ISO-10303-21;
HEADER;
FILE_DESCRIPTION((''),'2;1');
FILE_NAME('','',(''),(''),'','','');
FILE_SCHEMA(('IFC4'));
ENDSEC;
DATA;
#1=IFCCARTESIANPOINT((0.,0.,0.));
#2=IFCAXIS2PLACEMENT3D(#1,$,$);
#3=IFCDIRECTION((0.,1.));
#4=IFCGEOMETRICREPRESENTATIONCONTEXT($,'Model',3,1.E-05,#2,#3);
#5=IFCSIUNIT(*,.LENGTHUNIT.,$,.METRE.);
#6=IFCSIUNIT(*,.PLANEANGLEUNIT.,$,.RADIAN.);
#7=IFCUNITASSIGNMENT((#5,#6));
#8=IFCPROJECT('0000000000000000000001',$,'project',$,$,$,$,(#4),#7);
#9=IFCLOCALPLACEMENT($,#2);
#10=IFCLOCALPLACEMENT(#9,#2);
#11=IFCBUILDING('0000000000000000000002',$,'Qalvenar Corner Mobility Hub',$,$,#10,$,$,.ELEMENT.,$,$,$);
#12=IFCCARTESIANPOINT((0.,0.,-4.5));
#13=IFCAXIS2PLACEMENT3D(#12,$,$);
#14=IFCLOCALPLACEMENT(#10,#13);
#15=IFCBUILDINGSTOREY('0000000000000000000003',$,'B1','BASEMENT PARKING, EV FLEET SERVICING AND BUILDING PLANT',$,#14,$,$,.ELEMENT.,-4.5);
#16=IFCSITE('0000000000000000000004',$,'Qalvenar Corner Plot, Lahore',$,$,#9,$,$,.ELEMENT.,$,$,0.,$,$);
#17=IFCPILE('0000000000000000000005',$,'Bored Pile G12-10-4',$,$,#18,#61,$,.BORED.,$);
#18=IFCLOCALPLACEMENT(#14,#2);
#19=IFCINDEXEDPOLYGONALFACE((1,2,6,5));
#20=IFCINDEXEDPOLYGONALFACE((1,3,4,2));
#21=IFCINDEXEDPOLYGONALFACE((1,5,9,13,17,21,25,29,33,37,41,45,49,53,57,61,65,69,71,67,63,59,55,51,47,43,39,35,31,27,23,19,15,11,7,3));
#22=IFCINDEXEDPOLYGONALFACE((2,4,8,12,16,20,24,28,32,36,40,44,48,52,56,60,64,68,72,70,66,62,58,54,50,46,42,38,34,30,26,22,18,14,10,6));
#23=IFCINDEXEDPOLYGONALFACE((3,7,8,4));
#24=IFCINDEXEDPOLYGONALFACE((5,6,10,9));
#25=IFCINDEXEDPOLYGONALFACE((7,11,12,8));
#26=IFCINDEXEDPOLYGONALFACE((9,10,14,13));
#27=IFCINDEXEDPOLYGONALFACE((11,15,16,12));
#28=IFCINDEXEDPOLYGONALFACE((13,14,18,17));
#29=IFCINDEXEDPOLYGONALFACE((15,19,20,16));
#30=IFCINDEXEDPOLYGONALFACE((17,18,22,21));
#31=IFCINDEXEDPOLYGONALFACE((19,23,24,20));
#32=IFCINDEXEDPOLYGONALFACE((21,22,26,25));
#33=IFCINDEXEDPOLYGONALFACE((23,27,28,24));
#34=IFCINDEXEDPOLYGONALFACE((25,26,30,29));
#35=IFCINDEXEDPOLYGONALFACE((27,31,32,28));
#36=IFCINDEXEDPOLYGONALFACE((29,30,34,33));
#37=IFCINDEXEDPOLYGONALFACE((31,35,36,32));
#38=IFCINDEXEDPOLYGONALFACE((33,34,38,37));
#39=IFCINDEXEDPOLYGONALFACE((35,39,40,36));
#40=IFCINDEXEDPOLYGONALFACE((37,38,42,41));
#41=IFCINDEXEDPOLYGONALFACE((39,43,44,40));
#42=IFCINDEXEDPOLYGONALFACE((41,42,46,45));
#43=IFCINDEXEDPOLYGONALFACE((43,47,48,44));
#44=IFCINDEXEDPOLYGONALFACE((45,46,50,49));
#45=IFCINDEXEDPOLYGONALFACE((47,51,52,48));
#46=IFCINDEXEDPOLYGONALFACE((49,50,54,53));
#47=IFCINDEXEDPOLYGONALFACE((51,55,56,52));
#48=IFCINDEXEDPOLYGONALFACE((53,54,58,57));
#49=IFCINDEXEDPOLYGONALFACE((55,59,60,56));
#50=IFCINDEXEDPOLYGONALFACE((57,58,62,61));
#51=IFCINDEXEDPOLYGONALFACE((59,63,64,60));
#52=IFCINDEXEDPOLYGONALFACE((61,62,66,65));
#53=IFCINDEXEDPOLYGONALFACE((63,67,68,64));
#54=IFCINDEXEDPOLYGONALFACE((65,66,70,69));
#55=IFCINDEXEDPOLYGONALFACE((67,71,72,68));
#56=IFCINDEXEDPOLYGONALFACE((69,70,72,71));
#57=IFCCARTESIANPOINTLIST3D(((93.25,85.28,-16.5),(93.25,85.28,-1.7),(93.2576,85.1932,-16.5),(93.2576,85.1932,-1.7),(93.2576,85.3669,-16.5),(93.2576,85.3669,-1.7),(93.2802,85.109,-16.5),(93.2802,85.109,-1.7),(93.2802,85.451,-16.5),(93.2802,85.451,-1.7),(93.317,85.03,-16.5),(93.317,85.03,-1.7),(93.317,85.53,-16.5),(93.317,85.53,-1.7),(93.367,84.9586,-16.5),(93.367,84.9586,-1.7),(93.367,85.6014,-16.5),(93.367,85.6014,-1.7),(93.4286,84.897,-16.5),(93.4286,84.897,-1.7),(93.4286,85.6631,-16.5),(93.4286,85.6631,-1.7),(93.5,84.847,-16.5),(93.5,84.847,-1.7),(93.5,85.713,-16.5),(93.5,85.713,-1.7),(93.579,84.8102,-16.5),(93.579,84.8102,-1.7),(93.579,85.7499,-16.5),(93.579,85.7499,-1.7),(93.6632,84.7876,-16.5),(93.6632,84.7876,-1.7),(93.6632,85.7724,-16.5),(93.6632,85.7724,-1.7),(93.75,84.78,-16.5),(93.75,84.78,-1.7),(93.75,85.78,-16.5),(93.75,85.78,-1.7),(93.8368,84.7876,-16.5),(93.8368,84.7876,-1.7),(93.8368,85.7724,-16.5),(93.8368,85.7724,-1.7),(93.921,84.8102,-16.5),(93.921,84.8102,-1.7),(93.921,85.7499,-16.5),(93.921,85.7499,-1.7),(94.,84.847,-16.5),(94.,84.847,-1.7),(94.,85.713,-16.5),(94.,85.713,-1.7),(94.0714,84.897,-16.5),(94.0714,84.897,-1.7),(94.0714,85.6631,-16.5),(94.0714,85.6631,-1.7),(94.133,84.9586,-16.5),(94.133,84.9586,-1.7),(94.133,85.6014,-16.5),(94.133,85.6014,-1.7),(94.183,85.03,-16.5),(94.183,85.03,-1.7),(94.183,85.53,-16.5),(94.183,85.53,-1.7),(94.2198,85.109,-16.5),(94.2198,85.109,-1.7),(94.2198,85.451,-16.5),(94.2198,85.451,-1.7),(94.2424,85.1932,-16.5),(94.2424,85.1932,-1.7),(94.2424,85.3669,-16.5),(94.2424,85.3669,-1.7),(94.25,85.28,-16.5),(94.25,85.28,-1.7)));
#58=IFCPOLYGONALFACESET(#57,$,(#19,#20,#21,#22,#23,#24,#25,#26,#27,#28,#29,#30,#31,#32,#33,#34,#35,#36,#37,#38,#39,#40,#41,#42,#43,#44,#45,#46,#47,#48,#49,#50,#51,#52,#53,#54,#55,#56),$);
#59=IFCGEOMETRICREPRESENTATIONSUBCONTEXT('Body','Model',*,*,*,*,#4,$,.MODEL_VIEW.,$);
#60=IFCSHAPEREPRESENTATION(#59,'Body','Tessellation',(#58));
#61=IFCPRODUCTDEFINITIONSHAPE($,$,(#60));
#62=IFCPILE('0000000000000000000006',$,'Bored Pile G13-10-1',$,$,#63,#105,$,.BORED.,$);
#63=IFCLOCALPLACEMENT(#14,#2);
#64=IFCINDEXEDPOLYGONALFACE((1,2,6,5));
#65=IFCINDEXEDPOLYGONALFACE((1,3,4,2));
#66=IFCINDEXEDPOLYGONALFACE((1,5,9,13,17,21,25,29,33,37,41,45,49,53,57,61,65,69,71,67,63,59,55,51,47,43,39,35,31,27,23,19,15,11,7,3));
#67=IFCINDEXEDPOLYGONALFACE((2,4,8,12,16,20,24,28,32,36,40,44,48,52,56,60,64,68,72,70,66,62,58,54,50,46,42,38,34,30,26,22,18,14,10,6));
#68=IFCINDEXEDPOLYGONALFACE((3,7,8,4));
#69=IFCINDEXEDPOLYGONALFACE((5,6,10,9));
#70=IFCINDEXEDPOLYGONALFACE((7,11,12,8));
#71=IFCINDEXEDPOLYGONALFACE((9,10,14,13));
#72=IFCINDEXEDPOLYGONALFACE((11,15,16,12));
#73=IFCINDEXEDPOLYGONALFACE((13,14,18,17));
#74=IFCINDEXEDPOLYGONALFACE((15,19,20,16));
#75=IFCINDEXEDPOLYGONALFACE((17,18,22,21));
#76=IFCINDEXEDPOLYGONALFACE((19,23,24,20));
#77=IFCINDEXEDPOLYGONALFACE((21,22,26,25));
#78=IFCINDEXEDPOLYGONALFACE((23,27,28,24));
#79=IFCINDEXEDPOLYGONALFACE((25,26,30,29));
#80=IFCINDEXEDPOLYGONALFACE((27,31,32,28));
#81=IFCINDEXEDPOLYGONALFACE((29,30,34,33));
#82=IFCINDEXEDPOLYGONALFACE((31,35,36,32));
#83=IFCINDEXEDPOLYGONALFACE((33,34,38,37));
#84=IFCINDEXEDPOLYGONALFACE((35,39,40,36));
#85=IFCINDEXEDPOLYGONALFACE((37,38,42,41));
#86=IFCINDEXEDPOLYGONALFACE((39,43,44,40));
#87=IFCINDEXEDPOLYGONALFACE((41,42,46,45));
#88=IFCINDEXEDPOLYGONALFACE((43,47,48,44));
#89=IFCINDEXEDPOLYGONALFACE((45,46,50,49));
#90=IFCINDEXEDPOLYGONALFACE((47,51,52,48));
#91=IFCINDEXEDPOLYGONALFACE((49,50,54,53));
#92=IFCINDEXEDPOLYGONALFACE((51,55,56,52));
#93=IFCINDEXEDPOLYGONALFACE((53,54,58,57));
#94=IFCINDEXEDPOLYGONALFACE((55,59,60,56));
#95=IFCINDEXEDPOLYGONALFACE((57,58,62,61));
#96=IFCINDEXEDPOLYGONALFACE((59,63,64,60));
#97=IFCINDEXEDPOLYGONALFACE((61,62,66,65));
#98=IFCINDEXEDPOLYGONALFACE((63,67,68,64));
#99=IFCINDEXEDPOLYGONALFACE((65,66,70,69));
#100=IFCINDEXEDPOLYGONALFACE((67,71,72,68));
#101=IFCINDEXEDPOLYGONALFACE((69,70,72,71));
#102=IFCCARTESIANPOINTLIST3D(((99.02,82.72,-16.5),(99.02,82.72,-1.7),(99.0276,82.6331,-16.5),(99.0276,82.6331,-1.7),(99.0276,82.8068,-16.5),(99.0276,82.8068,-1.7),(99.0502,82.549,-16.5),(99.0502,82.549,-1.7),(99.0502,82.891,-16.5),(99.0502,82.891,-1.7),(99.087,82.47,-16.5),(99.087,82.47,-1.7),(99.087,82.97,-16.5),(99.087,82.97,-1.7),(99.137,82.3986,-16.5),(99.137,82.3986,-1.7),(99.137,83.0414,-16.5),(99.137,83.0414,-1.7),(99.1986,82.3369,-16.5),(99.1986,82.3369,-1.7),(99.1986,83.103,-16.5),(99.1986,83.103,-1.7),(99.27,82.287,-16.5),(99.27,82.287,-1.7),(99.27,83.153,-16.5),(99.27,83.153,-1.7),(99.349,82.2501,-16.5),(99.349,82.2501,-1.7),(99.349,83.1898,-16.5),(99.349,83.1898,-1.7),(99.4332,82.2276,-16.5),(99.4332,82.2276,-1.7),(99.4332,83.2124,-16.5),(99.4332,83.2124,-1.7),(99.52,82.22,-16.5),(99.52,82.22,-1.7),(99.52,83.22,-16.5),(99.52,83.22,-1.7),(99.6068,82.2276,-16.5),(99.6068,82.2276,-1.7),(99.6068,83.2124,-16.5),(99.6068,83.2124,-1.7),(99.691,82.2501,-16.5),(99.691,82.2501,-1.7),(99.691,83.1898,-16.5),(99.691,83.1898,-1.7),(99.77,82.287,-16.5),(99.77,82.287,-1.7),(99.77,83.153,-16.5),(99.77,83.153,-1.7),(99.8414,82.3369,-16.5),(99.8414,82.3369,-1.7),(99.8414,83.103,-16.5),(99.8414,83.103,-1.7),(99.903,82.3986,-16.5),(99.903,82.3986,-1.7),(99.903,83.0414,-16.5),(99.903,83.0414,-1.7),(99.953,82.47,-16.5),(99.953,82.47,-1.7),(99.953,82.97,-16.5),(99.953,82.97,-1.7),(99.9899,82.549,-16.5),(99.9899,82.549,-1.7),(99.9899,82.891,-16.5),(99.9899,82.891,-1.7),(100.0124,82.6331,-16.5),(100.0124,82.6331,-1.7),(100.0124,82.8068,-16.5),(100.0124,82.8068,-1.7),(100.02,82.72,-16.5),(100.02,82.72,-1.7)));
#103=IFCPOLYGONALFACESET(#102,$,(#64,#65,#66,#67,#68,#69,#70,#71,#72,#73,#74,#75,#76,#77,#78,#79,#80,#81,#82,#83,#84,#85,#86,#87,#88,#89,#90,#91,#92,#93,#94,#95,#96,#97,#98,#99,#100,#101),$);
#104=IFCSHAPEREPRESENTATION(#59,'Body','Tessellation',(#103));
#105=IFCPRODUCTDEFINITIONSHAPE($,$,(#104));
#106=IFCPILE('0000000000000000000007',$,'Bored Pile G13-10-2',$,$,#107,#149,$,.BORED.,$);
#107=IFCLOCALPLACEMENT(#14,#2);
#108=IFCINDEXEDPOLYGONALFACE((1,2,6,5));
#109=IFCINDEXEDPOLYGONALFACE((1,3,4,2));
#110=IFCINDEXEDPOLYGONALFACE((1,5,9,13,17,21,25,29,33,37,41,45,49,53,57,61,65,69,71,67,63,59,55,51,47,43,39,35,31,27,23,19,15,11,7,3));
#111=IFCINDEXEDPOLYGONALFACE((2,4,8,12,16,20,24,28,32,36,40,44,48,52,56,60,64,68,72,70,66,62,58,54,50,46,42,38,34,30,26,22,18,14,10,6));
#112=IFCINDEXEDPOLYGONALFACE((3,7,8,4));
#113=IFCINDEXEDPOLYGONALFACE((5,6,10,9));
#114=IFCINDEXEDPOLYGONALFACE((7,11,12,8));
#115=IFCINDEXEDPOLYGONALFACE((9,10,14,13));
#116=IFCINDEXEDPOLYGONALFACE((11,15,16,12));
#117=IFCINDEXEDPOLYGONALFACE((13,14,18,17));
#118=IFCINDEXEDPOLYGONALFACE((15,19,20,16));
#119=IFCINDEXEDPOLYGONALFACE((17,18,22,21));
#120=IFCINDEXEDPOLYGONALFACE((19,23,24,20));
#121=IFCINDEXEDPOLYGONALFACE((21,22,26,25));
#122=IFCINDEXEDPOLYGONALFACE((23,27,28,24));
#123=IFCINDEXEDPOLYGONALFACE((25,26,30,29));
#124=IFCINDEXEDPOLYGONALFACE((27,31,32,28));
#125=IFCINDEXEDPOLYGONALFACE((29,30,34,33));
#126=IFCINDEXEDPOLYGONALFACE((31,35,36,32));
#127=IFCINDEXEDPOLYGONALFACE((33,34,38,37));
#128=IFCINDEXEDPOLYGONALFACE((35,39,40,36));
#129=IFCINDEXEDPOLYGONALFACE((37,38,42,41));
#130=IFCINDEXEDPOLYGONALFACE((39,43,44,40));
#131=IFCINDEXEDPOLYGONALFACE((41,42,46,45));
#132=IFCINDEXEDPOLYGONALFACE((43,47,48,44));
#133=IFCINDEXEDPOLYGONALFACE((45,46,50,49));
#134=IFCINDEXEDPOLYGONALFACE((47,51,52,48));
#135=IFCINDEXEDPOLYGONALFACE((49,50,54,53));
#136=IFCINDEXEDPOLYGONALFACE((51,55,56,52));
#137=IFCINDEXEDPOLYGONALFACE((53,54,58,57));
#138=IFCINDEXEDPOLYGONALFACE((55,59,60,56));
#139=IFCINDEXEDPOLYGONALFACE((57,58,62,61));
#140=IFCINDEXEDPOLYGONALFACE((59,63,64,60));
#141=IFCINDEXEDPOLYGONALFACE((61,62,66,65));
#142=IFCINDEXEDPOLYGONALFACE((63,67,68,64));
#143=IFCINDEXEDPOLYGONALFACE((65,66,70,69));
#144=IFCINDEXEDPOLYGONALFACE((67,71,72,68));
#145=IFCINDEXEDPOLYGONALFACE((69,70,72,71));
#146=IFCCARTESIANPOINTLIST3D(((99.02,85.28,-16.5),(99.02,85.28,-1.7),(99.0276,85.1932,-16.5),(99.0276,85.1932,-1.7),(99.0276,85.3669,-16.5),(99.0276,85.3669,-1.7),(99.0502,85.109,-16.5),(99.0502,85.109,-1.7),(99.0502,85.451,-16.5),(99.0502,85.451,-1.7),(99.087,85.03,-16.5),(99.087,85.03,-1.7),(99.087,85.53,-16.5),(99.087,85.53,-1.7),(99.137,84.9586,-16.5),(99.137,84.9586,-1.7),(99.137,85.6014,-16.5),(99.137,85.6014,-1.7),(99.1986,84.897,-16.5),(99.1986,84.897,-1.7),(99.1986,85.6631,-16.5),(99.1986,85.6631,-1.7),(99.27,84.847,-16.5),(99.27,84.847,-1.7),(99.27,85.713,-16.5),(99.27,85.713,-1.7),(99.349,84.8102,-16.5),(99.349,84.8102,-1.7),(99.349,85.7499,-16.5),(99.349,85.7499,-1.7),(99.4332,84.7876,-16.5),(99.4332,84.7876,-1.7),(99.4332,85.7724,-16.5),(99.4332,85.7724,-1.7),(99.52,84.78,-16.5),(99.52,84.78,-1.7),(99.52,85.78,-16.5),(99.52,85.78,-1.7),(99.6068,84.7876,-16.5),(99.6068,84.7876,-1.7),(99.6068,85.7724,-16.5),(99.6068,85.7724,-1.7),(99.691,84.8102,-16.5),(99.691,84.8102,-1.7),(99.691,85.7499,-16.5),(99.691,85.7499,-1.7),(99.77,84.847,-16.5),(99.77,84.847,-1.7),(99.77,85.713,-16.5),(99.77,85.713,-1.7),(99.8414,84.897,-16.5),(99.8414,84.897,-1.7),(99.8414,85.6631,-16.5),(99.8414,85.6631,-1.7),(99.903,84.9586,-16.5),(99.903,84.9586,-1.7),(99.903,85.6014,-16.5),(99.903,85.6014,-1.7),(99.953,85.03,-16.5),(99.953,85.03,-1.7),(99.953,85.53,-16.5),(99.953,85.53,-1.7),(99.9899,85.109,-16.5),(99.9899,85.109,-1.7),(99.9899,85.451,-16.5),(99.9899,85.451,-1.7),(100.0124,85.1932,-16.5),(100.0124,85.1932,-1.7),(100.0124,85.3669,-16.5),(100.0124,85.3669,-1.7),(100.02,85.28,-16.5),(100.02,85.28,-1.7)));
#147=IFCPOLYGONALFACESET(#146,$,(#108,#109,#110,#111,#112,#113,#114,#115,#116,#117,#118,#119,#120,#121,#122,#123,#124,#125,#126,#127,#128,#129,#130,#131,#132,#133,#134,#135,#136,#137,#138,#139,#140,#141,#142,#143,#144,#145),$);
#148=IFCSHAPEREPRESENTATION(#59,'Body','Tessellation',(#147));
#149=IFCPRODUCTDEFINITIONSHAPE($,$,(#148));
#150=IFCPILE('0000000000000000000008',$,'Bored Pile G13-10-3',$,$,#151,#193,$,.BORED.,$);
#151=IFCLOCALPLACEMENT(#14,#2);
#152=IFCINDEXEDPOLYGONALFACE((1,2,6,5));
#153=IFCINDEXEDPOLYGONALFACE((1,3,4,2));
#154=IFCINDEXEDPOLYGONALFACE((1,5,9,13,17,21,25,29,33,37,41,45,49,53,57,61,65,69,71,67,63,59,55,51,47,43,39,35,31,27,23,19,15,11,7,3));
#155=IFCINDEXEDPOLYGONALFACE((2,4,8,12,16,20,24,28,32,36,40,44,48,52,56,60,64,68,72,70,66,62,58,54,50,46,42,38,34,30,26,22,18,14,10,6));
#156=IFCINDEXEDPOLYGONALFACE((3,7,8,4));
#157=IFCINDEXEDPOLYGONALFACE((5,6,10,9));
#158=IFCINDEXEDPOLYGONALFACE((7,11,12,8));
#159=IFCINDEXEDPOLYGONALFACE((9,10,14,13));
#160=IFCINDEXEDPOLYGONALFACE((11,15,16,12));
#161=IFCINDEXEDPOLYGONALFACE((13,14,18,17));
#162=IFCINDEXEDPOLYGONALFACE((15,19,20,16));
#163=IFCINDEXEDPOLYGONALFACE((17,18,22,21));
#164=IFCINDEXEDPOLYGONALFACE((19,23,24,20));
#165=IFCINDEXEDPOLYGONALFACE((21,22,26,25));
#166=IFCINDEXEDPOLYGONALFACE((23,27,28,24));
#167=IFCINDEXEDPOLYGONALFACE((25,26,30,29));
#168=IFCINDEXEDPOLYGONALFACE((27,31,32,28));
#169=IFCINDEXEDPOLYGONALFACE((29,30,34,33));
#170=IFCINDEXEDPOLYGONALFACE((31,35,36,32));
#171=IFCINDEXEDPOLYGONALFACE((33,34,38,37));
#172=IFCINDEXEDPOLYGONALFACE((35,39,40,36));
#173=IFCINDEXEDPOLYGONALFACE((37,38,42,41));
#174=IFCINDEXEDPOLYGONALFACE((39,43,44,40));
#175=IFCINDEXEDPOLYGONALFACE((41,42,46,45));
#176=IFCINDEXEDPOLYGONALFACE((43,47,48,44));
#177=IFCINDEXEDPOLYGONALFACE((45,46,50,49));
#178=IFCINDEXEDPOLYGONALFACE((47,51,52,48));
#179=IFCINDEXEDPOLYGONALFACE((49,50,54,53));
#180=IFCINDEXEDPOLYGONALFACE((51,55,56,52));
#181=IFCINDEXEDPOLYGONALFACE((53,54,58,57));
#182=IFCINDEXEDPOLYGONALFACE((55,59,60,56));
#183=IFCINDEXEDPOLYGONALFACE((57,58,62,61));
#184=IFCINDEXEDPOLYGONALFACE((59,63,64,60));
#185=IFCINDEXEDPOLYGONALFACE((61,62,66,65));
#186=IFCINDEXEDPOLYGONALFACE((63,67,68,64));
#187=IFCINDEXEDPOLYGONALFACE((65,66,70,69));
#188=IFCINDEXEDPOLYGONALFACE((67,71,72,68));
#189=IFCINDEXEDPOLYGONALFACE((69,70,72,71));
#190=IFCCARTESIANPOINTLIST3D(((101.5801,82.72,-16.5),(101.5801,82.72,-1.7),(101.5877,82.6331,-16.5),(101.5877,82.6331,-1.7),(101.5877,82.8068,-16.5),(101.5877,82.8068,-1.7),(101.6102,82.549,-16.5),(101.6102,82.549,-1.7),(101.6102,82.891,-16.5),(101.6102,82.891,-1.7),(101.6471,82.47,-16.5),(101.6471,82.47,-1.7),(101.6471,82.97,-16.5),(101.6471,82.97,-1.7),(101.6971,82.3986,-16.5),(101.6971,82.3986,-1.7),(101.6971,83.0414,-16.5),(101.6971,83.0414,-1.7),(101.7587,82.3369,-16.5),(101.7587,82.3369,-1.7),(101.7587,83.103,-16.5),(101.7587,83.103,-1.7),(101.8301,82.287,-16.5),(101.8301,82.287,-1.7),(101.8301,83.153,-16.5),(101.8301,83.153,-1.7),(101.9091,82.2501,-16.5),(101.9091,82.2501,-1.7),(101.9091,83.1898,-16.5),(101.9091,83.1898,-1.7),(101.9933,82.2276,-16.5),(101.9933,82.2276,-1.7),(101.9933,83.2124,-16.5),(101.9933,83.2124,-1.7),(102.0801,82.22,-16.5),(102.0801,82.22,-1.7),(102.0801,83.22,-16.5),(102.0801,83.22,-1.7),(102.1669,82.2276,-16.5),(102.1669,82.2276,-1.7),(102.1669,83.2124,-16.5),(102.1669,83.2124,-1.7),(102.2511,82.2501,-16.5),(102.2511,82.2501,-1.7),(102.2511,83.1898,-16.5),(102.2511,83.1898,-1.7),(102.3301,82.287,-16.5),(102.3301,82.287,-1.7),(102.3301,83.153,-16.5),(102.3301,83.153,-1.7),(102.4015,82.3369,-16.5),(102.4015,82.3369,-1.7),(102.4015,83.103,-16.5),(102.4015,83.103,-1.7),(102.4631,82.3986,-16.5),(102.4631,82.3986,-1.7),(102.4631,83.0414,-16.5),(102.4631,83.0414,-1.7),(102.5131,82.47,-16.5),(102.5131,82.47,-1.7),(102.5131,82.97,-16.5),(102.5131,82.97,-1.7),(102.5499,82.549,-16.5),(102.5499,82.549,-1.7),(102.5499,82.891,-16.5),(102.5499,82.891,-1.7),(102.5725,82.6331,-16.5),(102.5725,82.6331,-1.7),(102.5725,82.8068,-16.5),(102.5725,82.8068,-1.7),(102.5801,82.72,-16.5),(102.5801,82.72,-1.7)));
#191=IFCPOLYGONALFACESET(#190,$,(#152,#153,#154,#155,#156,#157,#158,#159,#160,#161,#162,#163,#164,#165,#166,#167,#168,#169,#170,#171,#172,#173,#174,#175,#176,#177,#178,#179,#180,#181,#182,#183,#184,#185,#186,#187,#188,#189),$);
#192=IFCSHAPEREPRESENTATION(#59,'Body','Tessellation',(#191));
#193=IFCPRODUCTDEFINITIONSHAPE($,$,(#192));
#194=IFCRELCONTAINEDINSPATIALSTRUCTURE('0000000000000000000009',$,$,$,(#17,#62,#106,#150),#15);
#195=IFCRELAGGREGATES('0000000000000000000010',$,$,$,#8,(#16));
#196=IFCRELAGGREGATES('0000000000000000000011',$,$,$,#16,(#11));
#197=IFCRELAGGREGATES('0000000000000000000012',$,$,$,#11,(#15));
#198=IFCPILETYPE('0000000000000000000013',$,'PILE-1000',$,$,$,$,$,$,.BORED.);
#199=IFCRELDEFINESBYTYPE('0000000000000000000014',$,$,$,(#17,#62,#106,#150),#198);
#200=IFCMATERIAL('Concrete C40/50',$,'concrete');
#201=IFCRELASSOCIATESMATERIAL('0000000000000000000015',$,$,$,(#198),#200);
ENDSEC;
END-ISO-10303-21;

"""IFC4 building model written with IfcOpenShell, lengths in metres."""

from ifc_helpers import new_model, si_unit, direction, frame, origin, origin_2d, place, context, subcontext, project, spatial, circle, extrude, material, material_profile, profile_set, type_object, element, save


model = new_model("IFC4")

# Units and contexts
model_context = context("Model", 3, precision=1e-05, world=origin(), true_north=direction((0.0, 1.0)))
body_context = subcontext(model_context, "Body", "Model", "MODEL_VIEW")
ifc_project = project(units=[si_unit("LENGTHUNIT", "METRE"), si_unit("PLANEANGLEUNIT", "RADIAN")], contexts=[model_context])

# Site, building, storey
site_placement = place(None, origin())
site = spatial("IfcSite", under=ifc_project, at=site_placement, Name="Qalvenar Corner Plot, Lahore", CompositionType="ELEMENT", RefElevation=0.0)
building_placement = place(site_placement, origin())
building = spatial("IfcBuilding", under=site, at=building_placement, Name="Qalvenar Corner Mobility Hub", CompositionType="ELEMENT")
storey_placement = place(building_placement, frame((0.0, 0.0, -4.5)))
storey = spatial("IfcBuildingStorey", under=building, at=storey_placement, Name="B1", Description="BASEMENT PARKING, EV FLEET SERVICING AND BUILDING PLANT", CompositionType="ELEMENT", Elevation=-4.5)

# Shared definitions
ifc_material_1 = material(Name="Concrete C40/50", Category="concrete")

# Piles
ifc_material_profile_1 = material_profile(ifc_material_1, circle(Radius=0.5, at=origin_2d()), Name="DIA1000")
ifc_profile_set_1 = profile_set([ifc_material_profile_1], Name="Concrete C40/50")
pile_type_1 = type_object("IfcPileType", Name="PILE-1000", PredefinedType="BORED", material=ifc_profile_set_1)
for number, where, z_axis, x_axis, name in (
    (1, (93.75, 85.28, -1.7), (0.0, 0.0, -1.0), (1.0, 0.0, 0.0), "Bored Pile G12-10-4"),
    (2, (99.52, 82.72, -1.7), (0.0, 0.0, -1.0), (1.0, 0.0, 0.0), "Bored Pile G13-10-1"),
    (3, (99.52, 85.28, -1.7), (0.0, 0.0, -1.0), (1.0, 0.0, 0.0), "Bored Pile G13-10-2"),
    (4, (102.0801, 82.72, -1.7), (0.0, 0.0, -1.0), (1.0, 0.0, 0.0), "Bored Pile G13-10-3"),
):
    element("IfcPile", number, at=place(storey_placement, frame(where, z_axis=z_axis, x_axis=x_axis)), inside=storey, type_object=pile_type_1, Name=name, PredefinedType="BORED", context=body_context, shape_type="SweptSolid", body=[
        extrude(circle(Radius=0.5, at=origin_2d()), origin(), (0.0, 0.0, 1.0), 14.8),
    ])

save(model, "model.ifc")
